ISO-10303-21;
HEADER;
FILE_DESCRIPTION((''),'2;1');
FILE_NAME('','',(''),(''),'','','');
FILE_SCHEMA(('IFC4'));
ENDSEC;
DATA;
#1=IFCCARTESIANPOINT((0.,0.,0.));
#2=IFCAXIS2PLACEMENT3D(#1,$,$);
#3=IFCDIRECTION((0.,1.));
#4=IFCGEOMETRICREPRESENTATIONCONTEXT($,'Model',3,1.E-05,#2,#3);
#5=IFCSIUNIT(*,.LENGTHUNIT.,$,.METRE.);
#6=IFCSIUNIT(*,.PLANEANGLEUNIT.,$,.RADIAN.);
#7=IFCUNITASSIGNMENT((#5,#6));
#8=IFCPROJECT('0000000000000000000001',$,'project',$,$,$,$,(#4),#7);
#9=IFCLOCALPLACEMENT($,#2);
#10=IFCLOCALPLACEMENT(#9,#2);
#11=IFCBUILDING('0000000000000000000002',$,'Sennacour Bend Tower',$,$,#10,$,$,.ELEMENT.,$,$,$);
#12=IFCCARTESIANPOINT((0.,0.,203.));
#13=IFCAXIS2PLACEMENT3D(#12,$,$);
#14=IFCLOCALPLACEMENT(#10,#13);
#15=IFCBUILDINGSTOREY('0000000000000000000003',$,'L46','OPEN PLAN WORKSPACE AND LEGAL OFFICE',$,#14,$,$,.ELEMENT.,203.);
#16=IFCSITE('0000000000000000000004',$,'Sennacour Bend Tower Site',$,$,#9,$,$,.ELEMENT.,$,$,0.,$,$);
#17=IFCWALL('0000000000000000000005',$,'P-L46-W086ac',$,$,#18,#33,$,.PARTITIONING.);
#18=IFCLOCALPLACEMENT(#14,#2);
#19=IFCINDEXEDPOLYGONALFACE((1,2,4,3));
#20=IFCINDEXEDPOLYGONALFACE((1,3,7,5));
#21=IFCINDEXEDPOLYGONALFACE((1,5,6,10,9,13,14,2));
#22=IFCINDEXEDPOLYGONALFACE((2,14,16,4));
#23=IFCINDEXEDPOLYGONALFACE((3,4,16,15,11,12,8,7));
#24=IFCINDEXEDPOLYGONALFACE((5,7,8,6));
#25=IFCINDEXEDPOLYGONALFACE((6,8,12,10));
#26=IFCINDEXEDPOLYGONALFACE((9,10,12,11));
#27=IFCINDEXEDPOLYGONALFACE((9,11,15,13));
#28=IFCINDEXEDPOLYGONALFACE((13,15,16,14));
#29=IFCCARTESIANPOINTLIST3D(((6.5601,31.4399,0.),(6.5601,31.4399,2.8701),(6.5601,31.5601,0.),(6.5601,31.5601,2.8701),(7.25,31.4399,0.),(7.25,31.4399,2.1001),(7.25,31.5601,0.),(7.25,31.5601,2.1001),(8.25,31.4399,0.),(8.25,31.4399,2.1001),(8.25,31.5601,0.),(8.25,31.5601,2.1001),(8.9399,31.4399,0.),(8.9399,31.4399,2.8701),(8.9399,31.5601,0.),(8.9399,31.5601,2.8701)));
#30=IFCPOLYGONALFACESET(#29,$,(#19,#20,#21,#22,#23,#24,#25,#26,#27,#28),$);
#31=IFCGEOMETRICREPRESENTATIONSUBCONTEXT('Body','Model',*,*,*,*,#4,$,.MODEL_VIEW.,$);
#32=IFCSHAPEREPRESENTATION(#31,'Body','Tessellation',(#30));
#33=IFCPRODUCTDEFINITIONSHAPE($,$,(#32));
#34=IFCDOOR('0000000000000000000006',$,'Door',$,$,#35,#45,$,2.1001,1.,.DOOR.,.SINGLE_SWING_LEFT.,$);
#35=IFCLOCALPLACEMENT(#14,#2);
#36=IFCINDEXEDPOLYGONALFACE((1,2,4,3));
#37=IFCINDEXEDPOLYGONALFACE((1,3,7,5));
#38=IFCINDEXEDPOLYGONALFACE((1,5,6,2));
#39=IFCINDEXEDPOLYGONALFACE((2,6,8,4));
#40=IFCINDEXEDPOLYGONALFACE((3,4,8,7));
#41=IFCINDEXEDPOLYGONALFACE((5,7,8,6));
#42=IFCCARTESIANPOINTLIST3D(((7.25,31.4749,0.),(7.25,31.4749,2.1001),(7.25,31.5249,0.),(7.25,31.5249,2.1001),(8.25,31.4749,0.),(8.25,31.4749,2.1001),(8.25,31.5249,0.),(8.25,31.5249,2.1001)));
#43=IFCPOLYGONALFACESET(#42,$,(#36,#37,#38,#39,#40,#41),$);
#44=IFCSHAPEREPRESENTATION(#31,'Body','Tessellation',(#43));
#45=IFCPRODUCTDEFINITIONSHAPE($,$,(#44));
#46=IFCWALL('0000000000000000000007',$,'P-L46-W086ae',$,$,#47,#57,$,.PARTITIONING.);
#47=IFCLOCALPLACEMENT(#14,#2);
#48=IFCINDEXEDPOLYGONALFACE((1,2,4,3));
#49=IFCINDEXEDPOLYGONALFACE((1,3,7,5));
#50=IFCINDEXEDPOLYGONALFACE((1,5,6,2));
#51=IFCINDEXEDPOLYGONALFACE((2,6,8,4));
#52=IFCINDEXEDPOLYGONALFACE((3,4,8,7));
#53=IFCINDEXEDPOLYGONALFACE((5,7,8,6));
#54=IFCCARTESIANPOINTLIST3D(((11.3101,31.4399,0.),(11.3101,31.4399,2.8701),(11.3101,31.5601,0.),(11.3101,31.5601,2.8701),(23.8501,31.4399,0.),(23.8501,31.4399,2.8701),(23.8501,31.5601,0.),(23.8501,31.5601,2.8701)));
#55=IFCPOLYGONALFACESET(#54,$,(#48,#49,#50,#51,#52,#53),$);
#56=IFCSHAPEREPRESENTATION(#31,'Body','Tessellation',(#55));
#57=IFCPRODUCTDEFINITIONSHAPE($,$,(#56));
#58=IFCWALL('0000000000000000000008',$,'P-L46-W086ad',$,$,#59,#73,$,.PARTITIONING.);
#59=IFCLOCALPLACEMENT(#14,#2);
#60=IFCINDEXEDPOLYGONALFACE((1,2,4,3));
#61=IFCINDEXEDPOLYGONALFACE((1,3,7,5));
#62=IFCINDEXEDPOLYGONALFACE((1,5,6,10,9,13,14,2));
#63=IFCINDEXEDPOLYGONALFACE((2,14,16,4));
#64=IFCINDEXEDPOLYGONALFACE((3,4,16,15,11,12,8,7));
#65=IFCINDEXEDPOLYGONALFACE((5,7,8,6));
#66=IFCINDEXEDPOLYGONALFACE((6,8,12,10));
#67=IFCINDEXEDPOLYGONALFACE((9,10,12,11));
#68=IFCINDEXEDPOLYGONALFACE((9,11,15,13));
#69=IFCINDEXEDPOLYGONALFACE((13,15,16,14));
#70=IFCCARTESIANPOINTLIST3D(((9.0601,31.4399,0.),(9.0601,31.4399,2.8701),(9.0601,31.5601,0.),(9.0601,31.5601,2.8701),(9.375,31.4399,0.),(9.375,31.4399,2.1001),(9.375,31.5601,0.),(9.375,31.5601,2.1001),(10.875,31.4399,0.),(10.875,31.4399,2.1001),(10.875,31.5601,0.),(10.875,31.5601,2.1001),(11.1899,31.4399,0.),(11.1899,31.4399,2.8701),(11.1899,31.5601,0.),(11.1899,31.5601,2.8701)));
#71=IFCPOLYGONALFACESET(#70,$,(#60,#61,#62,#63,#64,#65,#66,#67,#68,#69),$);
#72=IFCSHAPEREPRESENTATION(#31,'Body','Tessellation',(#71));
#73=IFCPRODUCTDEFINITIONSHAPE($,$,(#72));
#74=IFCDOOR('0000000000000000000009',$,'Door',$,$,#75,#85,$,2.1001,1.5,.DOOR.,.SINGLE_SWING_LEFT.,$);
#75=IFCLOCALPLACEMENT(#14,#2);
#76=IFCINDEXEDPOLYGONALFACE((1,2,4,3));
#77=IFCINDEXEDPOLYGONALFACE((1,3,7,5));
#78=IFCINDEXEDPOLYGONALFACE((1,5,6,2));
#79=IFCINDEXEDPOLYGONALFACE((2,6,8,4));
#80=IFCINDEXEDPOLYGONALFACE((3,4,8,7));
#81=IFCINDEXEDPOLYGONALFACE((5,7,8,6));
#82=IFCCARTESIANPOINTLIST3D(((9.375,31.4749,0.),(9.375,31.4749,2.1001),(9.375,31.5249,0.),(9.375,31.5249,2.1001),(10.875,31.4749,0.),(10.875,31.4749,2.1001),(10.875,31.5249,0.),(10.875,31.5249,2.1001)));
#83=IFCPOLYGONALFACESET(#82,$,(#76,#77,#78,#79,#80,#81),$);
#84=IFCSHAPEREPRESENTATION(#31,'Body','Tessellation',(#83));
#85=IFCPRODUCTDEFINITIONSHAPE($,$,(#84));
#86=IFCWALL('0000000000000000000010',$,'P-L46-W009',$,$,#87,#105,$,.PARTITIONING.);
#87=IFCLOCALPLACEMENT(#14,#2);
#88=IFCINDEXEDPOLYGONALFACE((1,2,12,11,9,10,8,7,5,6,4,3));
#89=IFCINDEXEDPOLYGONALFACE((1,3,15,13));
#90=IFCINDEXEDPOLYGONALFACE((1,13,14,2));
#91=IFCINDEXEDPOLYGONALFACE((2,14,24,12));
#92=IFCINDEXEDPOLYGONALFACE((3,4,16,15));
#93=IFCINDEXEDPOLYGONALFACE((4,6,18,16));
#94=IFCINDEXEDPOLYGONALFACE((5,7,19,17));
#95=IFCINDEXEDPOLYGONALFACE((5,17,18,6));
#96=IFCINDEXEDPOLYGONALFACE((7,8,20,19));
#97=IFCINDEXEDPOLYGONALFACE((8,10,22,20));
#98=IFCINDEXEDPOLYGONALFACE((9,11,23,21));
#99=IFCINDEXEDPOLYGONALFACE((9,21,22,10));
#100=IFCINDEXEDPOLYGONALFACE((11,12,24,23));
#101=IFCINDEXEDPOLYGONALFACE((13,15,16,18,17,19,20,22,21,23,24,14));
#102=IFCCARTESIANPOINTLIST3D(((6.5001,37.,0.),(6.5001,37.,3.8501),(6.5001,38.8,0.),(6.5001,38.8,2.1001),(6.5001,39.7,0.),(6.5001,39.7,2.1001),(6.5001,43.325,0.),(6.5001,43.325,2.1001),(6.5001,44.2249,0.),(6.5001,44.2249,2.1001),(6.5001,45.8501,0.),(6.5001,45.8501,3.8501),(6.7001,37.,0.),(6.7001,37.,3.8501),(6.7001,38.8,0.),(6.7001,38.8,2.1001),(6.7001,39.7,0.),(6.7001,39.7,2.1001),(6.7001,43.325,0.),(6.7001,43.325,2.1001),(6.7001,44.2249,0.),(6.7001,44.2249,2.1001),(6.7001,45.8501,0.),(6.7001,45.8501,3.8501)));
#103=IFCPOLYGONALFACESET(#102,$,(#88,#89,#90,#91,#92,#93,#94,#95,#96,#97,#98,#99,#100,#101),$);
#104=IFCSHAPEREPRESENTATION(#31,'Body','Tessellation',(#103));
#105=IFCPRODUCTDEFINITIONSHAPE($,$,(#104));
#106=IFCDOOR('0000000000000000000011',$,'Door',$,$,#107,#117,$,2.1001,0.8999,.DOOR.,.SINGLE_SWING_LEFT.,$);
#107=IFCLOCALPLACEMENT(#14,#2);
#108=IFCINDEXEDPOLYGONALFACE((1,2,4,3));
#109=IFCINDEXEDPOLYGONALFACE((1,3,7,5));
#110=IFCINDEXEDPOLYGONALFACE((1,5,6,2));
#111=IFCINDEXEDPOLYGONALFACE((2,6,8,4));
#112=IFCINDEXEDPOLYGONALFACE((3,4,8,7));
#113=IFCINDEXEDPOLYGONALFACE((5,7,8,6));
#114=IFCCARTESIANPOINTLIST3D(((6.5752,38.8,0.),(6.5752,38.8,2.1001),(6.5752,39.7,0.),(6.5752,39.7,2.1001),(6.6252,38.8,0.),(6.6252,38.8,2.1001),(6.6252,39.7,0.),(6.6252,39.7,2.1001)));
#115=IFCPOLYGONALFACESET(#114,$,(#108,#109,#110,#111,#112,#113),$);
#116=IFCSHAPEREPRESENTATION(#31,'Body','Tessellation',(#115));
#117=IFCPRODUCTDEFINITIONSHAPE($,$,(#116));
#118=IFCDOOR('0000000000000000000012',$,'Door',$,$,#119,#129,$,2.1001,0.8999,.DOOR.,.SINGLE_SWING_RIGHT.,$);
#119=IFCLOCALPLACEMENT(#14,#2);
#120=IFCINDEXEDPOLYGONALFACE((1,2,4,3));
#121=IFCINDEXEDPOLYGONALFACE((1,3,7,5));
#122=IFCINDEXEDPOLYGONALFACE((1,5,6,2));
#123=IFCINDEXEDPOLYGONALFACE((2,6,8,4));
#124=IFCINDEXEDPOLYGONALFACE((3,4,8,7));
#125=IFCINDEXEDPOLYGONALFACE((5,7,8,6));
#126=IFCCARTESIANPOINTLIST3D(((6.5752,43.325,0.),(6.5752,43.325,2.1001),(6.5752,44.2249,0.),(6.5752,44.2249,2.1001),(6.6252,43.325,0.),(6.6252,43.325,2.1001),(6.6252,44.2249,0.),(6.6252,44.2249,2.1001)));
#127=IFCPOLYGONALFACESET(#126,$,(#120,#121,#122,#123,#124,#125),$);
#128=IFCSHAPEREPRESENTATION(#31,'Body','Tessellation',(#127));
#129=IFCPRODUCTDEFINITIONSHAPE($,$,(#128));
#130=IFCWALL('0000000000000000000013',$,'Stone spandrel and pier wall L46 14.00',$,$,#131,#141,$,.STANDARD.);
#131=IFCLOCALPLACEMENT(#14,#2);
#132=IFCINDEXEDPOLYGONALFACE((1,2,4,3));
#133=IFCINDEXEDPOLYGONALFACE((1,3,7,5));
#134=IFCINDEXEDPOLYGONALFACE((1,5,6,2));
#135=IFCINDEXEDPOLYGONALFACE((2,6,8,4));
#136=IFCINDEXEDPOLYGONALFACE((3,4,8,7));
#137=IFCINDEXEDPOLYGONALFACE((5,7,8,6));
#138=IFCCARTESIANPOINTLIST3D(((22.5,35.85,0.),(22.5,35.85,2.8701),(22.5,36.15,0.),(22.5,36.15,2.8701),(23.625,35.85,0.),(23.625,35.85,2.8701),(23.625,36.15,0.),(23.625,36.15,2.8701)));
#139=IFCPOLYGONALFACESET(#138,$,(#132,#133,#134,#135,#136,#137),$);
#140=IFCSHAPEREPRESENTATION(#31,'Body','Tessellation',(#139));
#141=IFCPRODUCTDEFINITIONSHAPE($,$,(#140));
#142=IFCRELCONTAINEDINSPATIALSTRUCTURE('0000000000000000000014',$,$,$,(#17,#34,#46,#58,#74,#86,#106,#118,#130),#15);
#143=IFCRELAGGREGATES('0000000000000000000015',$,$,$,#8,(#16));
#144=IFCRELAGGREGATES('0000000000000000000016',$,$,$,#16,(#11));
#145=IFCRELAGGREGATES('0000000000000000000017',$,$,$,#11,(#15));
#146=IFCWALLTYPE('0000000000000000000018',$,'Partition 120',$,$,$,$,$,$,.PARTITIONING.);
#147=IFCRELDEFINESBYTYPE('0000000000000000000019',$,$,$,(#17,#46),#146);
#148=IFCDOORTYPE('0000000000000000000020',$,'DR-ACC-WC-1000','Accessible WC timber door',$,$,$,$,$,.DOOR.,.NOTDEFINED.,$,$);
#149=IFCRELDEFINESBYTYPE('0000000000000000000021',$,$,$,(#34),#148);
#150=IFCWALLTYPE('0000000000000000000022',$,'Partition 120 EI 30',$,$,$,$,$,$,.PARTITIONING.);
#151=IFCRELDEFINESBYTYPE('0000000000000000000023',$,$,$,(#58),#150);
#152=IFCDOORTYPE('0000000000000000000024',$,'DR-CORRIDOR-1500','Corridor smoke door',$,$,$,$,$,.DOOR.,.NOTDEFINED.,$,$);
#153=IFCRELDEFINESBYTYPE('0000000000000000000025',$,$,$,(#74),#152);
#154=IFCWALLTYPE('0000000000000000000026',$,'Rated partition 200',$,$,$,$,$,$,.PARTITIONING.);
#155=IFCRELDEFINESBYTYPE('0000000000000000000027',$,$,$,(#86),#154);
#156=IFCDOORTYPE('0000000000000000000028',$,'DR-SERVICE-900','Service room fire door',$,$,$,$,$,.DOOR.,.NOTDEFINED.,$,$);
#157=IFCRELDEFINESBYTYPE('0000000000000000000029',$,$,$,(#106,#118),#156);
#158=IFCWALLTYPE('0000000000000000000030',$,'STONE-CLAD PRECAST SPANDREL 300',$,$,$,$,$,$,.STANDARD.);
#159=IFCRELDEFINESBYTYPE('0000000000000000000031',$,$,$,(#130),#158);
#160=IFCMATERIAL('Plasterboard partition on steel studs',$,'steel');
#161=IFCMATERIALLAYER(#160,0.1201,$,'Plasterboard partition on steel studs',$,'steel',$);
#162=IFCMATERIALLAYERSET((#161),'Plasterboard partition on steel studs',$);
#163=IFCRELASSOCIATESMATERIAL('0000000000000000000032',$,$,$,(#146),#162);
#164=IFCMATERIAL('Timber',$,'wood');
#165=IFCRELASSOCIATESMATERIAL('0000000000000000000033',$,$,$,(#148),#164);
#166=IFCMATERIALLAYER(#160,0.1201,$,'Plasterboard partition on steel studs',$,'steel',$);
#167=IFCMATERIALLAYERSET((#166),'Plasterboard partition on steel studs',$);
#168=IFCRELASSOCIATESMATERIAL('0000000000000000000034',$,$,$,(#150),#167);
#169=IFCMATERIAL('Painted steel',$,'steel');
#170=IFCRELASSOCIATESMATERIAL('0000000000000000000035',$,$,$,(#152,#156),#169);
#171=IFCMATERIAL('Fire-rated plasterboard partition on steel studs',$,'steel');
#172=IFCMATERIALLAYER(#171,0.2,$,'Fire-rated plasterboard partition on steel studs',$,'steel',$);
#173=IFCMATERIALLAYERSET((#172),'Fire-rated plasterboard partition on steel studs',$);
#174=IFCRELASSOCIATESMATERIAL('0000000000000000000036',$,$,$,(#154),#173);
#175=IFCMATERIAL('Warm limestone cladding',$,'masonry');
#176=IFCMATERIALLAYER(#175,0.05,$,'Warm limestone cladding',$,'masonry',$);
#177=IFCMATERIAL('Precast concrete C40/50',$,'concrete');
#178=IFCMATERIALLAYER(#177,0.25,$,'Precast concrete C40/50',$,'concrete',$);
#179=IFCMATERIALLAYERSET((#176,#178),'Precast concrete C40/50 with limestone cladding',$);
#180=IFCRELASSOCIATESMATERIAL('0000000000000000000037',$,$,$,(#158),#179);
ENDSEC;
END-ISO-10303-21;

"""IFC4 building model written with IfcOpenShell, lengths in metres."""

from ifc_helpers import new_model, si_unit, direction, frame, frame_2d, origin, place, context, subcontext, project, spatial, rectangle, extrude, material, layer, layer_set, type_object, element, fill, save


model = new_model("IFC4")

# Units and contexts
model_context = context("Model", 3, precision=1e-05, world=origin(), true_north=direction((0.0, 1.0)))
body_context = subcontext(model_context, "Body", "Model", "MODEL_VIEW")
ifc_project = project(units=[si_unit("LENGTHUNIT", "METRE"), si_unit("PLANEANGLEUNIT", "RADIAN")], contexts=[model_context])

# Site, building, storey
site_placement = place(None, origin())
site = spatial("IfcSite", under=ifc_project, at=site_placement, Name="Sennacour Bend Tower Site", CompositionType="ELEMENT", RefElevation=0.0)
building_placement = place(site_placement, origin())
building = spatial("IfcBuilding", under=site, at=building_placement, Name="Sennacour Bend Tower", CompositionType="ELEMENT")
storey_placement = place(building_placement, frame((0.0, 0.0, 203.0)))
storey = spatial("IfcBuildingStorey", under=building, at=storey_placement, Name="L46", Description="OPEN PLAN WORKSPACE AND LEGAL OFFICE", CompositionType="ELEMENT", Elevation=203.0)

# Shared definitions
ifc_material_1 = material(Name="Plasterboard partition on steel studs", Category="steel")
ifc_layer_1 = layer(ifc_material_1, 0.1201, Name="Plasterboard partition on steel studs", Category="steel")
ifc_layer_set_1 = layer_set([ifc_layer_1], Name="Plasterboard partition on steel studs")
wall_type_1 = type_object("IfcWallType", Name="Partition 120", PredefinedType="PARTITIONING", material=ifc_layer_set_1)

# Wall, opening, door
wall_1_placement = place(storey_placement, frame((6.5601, 31.5, 0.0), z_axis=(0.0, 0.0, 1.0), x_axis=(1.0, 0.0, 0.0)))
wall_1 = element("IfcWall", 1, at=wall_1_placement, inside=storey, type_object=wall_type_1, Name="P-L46-W086ac", PredefinedType="PARTITIONING", context=body_context, shape_type="SweptSolid", body=[
    extrude(rectangle(XDim=2.3799, YDim=0.1201, at=frame_2d((1.1899, 0.0))), origin(), (0.0, 0.0, 1.0), 2.8701),
])
opening_1_placement = place(wall_1_placement, frame((0.6899, 0.0, 0.0)))
opening_1 = element("IfcOpeningElement", 2, at=opening_1_placement, cuts=wall_1, PredefinedType="OPENING", context=body_context, shape_type="SweptSolid", body=[
    extrude(rectangle(XDim=1.0, YDim=2.1001, at=frame_2d((0.5, 1.05))), frame((0.0, 0.0701, 0.0), z_axis=(0.0, -1.0, 0.0), x_axis=(1.0, 0.0, 0.0)), (0.0, 0.0, 1.0), 0.1401),
])
ifc_material_2 = material(Name="Timber", Category="wood")
door_type_1 = type_object("IfcDoorType", Name="DR-ACC-WC-1000", Description="Accessible WC timber door", OperationType="NOTDEFINED", PredefinedType="DOOR", material=ifc_material_2)
door_1_placement = place(opening_1_placement, origin())
door_1 = element("IfcDoor", 3, at=door_1_placement, inside=storey, type_object=door_type_1, Name="Door", OperationType="SINGLE_SWING_LEFT", OverallHeight=2.1001, OverallWidth=1.0, PredefinedType="DOOR", context=body_context, shape_type="SweptSolid", body=[
    extrude(rectangle(XDim=1.0, YDim=2.1001, at=frame_2d((0.5, 1.05))), frame((0.0, 0.0249, 0.0), z_axis=(0.0, -1.0, 0.0), x_axis=(1.0, 0.0, 0.0)), (0.0, 0.0, 1.0), 0.05),
])
fill(opening_1, door_1)

# Wall
wall_2_placement = place(storey_placement, frame((11.3101, 31.5, 0.0), z_axis=(0.0, 0.0, 1.0), x_axis=(1.0, 0.0, 0.0)))
element("IfcWall", 4, at=wall_2_placement, inside=storey, type_object=wall_type_1, Name="P-L46-W086ae", PredefinedType="PARTITIONING", context=body_context, shape_type="SweptSolid", body=[
    extrude(rectangle(XDim=12.54, YDim=0.1201, at=frame_2d((6.27, 0.0))), origin(), (0.0, 0.0, 1.0), 2.8701),
])

# Wall, opening, door
ifc_layer_2 = layer(ifc_material_1, 0.1201, Name="Plasterboard partition on steel studs", Category="steel")
ifc_layer_set_2 = layer_set([ifc_layer_2], Name="Plasterboard partition on steel studs")
wall_type_2 = type_object("IfcWallType", Name="Partition 120 EI 30", PredefinedType="PARTITIONING", material=ifc_layer_set_2)
wall_3_placement = place(storey_placement, frame((9.0601, 31.5, 0.0), z_axis=(0.0, 0.0, 1.0), x_axis=(1.0, 0.0, 0.0)))
wall_3 = element("IfcWall", 5, at=wall_3_placement, inside=storey, type_object=wall_type_2, Name="P-L46-W086ad", PredefinedType="PARTITIONING", context=body_context, shape_type="SweptSolid", body=[
    extrude(rectangle(XDim=2.1299, YDim=0.1201, at=frame_2d((1.0649, 0.0))), origin(), (0.0, 0.0, 1.0), 2.8701),
])
opening_2_placement = place(wall_3_placement, frame((0.3149, 0.0, 0.0)))
opening_2 = element("IfcOpeningElement", 6, at=opening_2_placement, cuts=wall_3, PredefinedType="OPENING", context=body_context, shape_type="SweptSolid", body=[
    extrude(rectangle(XDim=1.5, YDim=2.1001, at=frame_2d((0.75, 1.05))), frame((0.0, 0.0701, 0.0), z_axis=(0.0, -1.0, 0.0), x_axis=(1.0, 0.0, 0.0)), (0.0, 0.0, 1.0), 0.1401),
])
ifc_material_3 = material(Name="Painted steel", Category="steel")
door_type_2 = type_object("IfcDoorType", Name="DR-CORRIDOR-1500", Description="Corridor smoke door", OperationType="NOTDEFINED", PredefinedType="DOOR", material=ifc_material_3)
door_2_placement = place(opening_2_placement, origin())
door_2 = element("IfcDoor", 7, at=door_2_placement, inside=storey, type_object=door_type_2, Name="Door", OperationType="SINGLE_SWING_LEFT", OverallHeight=2.1001, OverallWidth=1.5, PredefinedType="DOOR", context=body_context, shape_type="SweptSolid", body=[
    extrude(rectangle(XDim=1.5, YDim=2.1001, at=frame_2d((0.75, 1.05))), frame((0.0, 0.0249, 0.0), z_axis=(0.0, -1.0, 0.0), x_axis=(1.0, 0.0, 0.0)), (0.0, 0.0, 1.0), 0.05),
])
fill(opening_2, door_2)

# Wall, openings, doors
ifc_material_4 = material(Name="Fire-rated plasterboard partition on steel studs", Category="steel")
ifc_layer_3 = layer(ifc_material_4, 0.2, Name="Fire-rated plasterboard partition on steel studs", Category="steel")
ifc_layer_set_3 = layer_set([ifc_layer_3], Name="Fire-rated plasterboard partition on steel studs")
wall_type_3 = type_object("IfcWallType", Name="Rated partition 200", PredefinedType="PARTITIONING", material=ifc_layer_set_3)
wall_4_placement = place(storey_placement, frame((6.6001, 37.0, 0.0), z_axis=(0.0, 0.0, 1.0), x_axis=(0.0, 1.0, 0.0)))
wall_4 = element("IfcWall", 8, at=wall_4_placement, inside=storey, type_object=wall_type_3, Name="P-L46-W009", PredefinedType="PARTITIONING", context=body_context, shape_type="SweptSolid", body=[
    extrude(rectangle(XDim=8.8501, YDim=0.2, at=frame_2d((4.425, 0.0))), origin(), (0.0, 0.0, 1.0), 3.8501),
])
opening_3_placement = place(wall_4_placement, frame((1.8, 0.0, 0.0)))
opening_3 = element("IfcOpeningElement", 9, at=opening_3_placement, cuts=wall_4, PredefinedType="OPENING", context=body_context, shape_type="SweptSolid", body=[
    extrude(rectangle(XDim=0.8999, YDim=2.1001, at=frame_2d((0.45, 1.05))), frame((0.0, 0.1099, 0.0), z_axis=(0.0, -1.0, 0.0), x_axis=(1.0, 0.0, 0.0)), (0.0, 0.0, 1.0), 0.22),
])
opening_4_placement = place(wall_4_placement, frame((6.325, 0.0, 0.0)))
opening_4 = element("IfcOpeningElement", 10, at=opening_4_placement, cuts=wall_4, PredefinedType="OPENING", context=body_context, shape_type="SweptSolid", body=[
    extrude(rectangle(XDim=0.8999, YDim=2.1001, at=frame_2d((0.45, 1.05))), frame((0.0, 0.1099, 0.0), z_axis=(0.0, -1.0, 0.0), x_axis=(1.0, 0.0, 0.0)), (0.0, 0.0, 1.0), 0.22),
])
door_type_3 = type_object("IfcDoorType", Name="DR-SERVICE-900", Description="Service room fire door", OperationType="NOTDEFINED", PredefinedType="DOOR", material=ifc_material_3)
door_3_placement = place(opening_3_placement, origin())
door_3 = element("IfcDoor", 11, at=door_3_placement, inside=storey, type_object=door_type_3, Name="Door", OperationType="SINGLE_SWING_LEFT", OverallHeight=2.1001, OverallWidth=0.8999, PredefinedType="DOOR", context=body_context, shape_type="SweptSolid", body=[
    extrude(rectangle(XDim=0.8999, YDim=2.1001, at=frame_2d((0.45, 1.05))), frame((0.0, 0.0249, 0.0), z_axis=(0.0, -1.0, 0.0), x_axis=(1.0, 0.0, 0.0)), (0.0, 0.0, 1.0), 0.05),
])
fill(opening_3, door_3)
door_4_placement = place(opening_4_placement, origin())
door_4 = element("IfcDoor", 12, at=door_4_placement, inside=storey, type_object=door_type_3, Name="Door", OperationType="SINGLE_SWING_RIGHT", OverallHeight=2.1001, OverallWidth=0.8999, PredefinedType="DOOR", context=body_context, shape_type="SweptSolid", body=[
    extrude(rectangle(XDim=0.8999, YDim=2.1001, at=frame_2d((0.45, 1.05))), frame((0.0, 0.0249, 0.0), z_axis=(0.0, -1.0, 0.0), x_axis=(1.0, 0.0, 0.0)), (0.0, 0.0, 1.0), 0.05),
])
fill(opening_4, door_4)

# Wall
ifc_material_5 = material(Name="Warm limestone cladding", Category="masonry")
ifc_layer_4 = layer(ifc_material_5, 0.05, Name="Warm limestone cladding", Category="masonry")
ifc_material_6 = material(Name="Precast concrete C40/50", Category="concrete")
ifc_layer_5 = layer(ifc_material_6, 0.25, Name="Precast concrete C40/50", Category="concrete")
ifc_layer_set_4 = layer_set([ifc_layer_4, ifc_layer_5], Name="Precast concrete C40/50 with limestone cladding")
wall_type_4 = type_object("IfcWallType", Name="STONE-CLAD PRECAST SPANDREL 300", PredefinedType="STANDARD", material=ifc_layer_set_4)
wall_5_placement = place(storey_placement, frame((23.625, 36.0, 0.0), z_axis=(0.0, 0.0, 1.0), x_axis=(-1.0, 0.0, 0.0)))
element("IfcWall", 13, at=wall_5_placement, inside=storey, type_object=wall_type_4, Name="Stone spandrel and pier wall L46 14.00", PredefinedType="STANDARD", context=body_context, shape_type="SweptSolid", body=[
    extrude(rectangle(XDim=1.125, YDim=0.3, at=frame_2d((0.5625, 0.0))), origin(), (0.0, 0.0, 1.0), 2.8701),
])

save(model, "model.ifc")
